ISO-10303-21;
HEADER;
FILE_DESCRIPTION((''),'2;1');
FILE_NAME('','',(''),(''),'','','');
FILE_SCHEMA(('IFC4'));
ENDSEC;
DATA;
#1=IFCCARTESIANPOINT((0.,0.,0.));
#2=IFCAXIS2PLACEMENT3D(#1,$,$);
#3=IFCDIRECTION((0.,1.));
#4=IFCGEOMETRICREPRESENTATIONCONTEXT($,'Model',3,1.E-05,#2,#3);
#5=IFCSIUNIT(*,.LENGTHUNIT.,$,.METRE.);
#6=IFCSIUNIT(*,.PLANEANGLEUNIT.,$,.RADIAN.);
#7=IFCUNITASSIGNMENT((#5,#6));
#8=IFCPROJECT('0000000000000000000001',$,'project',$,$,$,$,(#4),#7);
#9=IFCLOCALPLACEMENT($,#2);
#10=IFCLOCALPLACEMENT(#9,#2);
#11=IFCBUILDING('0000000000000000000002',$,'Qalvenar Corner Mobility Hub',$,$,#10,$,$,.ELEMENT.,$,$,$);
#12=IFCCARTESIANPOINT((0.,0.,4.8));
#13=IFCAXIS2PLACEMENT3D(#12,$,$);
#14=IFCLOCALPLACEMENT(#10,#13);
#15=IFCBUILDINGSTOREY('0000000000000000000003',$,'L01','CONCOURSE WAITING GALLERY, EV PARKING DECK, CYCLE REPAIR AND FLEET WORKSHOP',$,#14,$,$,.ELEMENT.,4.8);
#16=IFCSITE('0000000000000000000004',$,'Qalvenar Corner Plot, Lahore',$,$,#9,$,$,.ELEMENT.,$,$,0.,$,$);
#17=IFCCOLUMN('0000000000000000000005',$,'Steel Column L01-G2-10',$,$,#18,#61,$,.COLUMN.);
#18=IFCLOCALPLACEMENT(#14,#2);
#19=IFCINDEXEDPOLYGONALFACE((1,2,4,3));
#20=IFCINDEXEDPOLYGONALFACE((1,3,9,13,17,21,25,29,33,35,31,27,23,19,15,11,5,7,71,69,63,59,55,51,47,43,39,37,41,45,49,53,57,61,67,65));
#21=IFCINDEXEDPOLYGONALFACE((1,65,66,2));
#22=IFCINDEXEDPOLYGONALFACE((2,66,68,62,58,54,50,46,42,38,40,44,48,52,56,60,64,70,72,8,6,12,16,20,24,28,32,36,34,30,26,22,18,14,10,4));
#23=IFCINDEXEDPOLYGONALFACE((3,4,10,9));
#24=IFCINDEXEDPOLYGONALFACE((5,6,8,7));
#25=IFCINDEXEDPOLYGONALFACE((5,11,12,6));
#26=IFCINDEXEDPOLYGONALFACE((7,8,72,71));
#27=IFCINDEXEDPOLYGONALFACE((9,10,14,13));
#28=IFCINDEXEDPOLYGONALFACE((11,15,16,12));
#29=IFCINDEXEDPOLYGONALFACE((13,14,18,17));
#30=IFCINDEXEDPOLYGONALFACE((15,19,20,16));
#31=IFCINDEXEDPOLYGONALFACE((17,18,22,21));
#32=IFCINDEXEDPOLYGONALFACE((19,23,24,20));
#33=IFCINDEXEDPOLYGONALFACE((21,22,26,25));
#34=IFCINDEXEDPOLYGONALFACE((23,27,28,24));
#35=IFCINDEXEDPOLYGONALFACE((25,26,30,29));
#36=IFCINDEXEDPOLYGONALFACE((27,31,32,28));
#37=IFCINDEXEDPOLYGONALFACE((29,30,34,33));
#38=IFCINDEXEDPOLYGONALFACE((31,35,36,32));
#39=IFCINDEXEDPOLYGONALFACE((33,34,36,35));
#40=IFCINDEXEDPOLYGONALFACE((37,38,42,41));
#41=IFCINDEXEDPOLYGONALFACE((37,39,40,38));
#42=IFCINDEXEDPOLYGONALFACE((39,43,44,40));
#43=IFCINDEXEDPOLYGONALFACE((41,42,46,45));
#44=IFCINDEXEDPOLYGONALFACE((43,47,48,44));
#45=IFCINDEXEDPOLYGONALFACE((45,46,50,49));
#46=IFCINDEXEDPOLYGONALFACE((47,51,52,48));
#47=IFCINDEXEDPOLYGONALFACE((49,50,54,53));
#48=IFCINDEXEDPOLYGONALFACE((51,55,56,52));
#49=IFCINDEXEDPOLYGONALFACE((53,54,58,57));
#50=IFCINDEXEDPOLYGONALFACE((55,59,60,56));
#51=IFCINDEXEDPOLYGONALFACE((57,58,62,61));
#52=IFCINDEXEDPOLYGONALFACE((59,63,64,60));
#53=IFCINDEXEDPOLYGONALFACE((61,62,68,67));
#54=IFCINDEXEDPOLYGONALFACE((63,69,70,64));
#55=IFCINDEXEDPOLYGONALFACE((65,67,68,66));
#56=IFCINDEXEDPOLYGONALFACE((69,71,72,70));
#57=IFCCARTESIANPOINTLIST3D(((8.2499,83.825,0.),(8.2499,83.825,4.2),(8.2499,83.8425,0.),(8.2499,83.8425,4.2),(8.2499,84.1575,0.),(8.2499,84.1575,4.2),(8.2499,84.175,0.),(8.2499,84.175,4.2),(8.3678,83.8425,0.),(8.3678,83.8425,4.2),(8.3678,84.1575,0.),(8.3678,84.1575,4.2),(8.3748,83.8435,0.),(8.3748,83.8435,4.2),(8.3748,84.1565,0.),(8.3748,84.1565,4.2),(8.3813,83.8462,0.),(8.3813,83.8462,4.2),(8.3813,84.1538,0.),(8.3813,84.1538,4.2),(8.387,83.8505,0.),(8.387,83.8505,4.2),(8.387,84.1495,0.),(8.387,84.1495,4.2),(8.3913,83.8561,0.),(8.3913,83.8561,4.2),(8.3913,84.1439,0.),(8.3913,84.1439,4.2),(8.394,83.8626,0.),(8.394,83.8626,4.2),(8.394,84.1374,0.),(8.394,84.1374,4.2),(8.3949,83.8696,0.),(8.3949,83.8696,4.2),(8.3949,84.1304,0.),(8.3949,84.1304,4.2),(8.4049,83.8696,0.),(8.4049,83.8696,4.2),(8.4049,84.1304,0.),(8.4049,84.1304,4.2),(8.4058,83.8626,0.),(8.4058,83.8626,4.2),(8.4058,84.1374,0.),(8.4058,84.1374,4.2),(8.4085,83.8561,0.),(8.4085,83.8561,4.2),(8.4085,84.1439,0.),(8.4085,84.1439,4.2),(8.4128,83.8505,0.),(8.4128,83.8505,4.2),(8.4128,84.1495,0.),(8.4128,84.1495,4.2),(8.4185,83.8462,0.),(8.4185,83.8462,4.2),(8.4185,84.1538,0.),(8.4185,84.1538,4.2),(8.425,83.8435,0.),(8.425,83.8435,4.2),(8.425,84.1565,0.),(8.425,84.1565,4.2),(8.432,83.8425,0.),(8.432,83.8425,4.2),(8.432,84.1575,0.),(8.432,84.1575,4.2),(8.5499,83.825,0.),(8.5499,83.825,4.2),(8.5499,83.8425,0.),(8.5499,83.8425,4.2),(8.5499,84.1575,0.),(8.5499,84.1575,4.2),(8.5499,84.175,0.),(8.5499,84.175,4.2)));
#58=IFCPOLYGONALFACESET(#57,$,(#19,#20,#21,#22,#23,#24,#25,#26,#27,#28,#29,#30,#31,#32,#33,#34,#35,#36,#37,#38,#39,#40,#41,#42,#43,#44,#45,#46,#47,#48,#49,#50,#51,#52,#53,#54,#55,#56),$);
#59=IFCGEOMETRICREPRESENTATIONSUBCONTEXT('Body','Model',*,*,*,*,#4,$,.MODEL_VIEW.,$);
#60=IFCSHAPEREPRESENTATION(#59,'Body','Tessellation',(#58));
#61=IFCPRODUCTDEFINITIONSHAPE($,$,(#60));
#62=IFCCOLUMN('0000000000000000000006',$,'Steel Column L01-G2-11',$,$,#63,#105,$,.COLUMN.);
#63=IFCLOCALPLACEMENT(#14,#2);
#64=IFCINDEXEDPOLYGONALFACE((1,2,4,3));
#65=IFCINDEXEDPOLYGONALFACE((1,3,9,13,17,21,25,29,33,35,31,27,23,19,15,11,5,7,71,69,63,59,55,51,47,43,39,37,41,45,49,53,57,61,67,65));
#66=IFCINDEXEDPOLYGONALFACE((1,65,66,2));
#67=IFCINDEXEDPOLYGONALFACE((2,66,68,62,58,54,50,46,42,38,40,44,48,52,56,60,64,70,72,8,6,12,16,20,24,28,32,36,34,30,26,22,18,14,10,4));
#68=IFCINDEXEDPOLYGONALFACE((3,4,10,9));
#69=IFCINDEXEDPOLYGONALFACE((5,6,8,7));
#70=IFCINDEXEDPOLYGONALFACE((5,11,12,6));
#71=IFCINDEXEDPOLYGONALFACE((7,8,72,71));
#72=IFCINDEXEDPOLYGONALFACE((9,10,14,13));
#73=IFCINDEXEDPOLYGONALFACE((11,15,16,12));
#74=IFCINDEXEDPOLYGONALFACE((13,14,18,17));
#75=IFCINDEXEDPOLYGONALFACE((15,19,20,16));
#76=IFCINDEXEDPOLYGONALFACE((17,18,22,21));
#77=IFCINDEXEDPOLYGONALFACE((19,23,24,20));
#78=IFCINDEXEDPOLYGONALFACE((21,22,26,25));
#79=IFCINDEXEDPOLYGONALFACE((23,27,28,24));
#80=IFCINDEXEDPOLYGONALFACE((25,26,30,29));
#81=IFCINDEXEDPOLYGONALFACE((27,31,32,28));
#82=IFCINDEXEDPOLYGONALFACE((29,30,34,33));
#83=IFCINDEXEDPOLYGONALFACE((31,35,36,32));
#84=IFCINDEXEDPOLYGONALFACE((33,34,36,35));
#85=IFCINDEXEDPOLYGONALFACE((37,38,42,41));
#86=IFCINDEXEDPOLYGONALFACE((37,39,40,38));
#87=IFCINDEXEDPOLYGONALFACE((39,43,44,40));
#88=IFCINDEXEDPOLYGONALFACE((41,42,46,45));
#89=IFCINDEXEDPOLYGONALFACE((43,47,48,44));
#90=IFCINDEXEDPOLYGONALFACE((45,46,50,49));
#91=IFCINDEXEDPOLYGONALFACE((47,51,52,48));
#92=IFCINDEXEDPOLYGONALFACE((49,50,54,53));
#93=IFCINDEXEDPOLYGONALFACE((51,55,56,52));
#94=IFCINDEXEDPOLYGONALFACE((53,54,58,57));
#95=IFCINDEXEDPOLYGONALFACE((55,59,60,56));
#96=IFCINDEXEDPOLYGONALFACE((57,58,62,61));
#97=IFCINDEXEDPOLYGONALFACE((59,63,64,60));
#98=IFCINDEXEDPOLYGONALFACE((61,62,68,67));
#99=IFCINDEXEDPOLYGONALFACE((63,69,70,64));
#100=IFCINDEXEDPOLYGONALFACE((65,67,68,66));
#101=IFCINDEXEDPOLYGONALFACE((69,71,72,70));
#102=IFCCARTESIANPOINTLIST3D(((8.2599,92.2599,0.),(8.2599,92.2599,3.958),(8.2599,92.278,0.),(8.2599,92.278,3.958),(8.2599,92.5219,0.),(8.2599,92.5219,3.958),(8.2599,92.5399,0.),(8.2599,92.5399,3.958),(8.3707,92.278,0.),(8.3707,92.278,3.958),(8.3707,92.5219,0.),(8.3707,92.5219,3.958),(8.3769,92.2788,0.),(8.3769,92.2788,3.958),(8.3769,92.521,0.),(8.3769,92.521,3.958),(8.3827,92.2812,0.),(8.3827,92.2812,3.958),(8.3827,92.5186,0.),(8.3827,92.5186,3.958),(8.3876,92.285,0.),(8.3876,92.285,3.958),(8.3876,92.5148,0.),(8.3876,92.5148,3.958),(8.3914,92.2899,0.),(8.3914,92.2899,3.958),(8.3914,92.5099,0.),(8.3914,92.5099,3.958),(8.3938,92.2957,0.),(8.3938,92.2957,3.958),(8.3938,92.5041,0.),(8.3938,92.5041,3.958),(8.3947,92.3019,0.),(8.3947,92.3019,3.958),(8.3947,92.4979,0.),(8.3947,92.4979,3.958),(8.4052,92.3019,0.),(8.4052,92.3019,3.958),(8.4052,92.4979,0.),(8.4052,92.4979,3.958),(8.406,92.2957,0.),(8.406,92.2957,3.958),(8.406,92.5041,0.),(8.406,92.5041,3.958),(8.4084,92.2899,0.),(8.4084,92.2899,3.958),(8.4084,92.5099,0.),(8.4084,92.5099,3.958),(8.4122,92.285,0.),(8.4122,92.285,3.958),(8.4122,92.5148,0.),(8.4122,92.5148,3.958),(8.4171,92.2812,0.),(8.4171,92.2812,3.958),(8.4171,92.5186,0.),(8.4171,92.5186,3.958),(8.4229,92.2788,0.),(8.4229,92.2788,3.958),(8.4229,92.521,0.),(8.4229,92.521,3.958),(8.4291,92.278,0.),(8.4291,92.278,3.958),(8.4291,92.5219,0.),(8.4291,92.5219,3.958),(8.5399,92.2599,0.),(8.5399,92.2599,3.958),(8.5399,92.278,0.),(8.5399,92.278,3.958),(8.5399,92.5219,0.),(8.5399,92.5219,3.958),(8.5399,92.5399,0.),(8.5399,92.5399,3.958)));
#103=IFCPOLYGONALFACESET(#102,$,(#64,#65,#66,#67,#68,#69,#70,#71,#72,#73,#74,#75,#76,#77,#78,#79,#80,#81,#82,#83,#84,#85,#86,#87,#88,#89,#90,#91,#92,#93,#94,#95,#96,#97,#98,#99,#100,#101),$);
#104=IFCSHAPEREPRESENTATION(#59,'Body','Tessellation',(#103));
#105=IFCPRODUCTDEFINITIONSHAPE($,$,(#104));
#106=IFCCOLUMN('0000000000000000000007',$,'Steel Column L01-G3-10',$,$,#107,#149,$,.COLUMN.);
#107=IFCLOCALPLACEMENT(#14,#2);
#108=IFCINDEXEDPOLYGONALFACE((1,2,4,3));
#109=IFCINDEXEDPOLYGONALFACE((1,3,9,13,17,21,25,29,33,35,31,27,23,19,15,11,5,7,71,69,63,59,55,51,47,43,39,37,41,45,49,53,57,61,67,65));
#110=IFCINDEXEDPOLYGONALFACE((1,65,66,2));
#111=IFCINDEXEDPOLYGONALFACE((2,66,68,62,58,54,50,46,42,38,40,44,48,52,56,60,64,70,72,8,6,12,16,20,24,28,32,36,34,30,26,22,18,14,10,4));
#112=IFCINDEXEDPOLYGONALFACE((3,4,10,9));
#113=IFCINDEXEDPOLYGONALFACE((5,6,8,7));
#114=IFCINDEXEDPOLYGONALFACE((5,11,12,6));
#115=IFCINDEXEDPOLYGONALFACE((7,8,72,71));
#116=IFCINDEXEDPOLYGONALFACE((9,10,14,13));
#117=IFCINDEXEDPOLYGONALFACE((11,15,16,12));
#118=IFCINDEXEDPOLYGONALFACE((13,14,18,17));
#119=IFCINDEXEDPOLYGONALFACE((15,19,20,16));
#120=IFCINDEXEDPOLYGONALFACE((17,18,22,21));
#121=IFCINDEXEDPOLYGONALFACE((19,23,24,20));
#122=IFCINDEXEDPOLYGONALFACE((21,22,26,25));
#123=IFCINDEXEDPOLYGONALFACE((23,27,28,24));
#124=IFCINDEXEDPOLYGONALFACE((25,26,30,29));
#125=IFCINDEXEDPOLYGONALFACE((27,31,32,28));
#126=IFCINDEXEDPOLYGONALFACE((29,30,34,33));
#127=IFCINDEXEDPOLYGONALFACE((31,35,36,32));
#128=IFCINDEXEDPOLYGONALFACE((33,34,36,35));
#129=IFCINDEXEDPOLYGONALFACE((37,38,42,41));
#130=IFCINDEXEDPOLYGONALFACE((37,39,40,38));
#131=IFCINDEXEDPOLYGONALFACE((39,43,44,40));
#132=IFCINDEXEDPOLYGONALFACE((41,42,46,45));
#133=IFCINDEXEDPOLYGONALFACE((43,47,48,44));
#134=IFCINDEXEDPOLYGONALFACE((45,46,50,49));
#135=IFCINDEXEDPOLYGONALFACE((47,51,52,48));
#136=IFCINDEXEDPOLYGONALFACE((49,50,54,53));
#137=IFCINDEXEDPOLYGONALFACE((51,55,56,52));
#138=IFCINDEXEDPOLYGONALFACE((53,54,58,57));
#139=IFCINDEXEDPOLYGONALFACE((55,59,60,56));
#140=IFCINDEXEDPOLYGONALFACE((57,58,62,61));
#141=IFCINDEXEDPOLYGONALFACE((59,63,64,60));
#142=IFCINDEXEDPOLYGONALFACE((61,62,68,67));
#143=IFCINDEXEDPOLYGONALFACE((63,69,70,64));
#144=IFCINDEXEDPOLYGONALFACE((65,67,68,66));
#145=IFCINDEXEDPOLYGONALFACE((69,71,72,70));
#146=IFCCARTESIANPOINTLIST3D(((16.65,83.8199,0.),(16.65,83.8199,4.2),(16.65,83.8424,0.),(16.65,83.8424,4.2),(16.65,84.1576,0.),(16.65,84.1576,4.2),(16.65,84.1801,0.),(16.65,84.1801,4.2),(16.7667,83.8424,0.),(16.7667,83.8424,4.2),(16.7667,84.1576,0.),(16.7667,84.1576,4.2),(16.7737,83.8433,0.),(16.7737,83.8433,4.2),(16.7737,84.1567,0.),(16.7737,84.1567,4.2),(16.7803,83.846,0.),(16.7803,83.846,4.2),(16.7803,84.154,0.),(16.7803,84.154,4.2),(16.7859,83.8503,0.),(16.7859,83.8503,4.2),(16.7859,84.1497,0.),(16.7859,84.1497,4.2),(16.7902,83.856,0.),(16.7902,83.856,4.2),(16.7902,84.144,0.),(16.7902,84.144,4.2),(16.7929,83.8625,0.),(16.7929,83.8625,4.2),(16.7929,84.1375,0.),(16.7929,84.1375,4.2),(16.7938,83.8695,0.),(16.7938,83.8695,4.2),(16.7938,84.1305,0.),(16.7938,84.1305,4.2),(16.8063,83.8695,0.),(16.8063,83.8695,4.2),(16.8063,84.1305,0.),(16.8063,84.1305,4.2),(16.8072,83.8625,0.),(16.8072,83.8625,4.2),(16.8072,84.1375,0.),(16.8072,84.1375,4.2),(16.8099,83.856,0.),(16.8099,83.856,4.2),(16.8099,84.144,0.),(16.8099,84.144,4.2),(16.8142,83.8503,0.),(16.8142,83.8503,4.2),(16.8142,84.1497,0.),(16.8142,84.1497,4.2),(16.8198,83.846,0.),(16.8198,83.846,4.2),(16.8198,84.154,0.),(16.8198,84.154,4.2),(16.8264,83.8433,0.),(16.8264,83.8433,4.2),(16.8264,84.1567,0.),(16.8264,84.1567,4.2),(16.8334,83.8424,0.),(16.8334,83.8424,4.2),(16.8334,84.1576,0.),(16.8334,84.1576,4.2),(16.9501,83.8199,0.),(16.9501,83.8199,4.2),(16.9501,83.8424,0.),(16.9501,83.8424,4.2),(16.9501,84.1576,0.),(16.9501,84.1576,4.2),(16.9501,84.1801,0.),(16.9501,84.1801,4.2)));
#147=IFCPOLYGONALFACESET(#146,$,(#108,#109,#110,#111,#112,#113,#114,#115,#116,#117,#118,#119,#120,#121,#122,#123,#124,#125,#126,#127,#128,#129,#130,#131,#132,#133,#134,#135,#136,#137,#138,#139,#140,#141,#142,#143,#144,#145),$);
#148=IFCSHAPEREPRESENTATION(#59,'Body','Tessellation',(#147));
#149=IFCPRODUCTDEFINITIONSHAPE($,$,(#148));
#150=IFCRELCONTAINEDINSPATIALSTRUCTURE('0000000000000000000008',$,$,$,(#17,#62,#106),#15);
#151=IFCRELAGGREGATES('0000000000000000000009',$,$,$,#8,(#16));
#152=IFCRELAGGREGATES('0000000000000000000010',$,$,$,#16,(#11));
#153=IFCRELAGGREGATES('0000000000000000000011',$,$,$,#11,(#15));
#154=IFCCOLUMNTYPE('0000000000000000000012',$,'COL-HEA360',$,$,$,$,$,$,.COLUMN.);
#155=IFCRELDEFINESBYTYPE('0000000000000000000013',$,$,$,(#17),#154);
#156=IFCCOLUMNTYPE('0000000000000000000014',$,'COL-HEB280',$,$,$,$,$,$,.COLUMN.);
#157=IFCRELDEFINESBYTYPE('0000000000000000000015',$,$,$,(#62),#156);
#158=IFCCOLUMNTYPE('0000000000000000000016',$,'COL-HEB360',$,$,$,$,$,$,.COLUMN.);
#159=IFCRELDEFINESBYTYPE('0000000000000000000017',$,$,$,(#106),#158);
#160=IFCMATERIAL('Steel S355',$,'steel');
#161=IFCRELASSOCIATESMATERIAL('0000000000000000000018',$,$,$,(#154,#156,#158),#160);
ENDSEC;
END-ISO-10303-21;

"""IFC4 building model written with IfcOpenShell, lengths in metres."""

from ifc_helpers import new_model, si_unit, direction, frame, origin, origin_2d, place, context, subcontext, project, spatial, i_section, extrude, material, material_profile, profile_set, type_object, element, save


model = new_model("IFC4")

# Units and contexts
model_context = context("Model", 3, precision=1e-05, world=origin(), true_north=direction((0.0, 1.0)))
body_context = subcontext(model_context, "Body", "Model", "MODEL_VIEW")
ifc_project = project(units=[si_unit("LENGTHUNIT", "METRE"), si_unit("PLANEANGLEUNIT", "RADIAN")], contexts=[model_context])

# Site, building, storey
site_placement = place(None, origin())
site = spatial("IfcSite", under=ifc_project, at=site_placement, Name="Qalvenar Corner Plot, Lahore", CompositionType="ELEMENT", RefElevation=0.0)
building_placement = place(site_placement, origin())
building = spatial("IfcBuilding", under=site, at=building_placement, Name="Qalvenar Corner Mobility Hub", CompositionType="ELEMENT")
storey_placement = place(building_placement, frame((0.0, 0.0, 4.8)))
storey = spatial("IfcBuildingStorey", under=building, at=storey_placement, Name="L01", Description="CONCOURSE WAITING GALLERY, EV PARKING DECK, CYCLE REPAIR AND FLEET WORKSHOP", CompositionType="ELEMENT", Elevation=4.8)

# Columns
ifc_material_1 = material(Name="Steel S355", Category="steel")
ifc_material_profile_1 = material_profile(ifc_material_1, i_section(OverallWidth=0.3, OverallDepth=0.3501, WebThickness=0.01, FlangeThickness=0.0176, FilletRadius=0.0271, at=origin_2d()), Name="HEA360")
ifc_profile_set_1 = profile_set([ifc_material_profile_1], Name="Steel S355")
column_type_1 = type_object("IfcColumnType", Name="COL-HEA360", PredefinedType="COLUMN", material=ifc_profile_set_1)
column_1_placement = place(storey_placement, frame((8.3999, 84.0, 0.0), z_axis=(0.0, 0.0, 1.0), x_axis=(1.0, 0.0, 0.0)))
element("IfcColumn", 1, at=column_1_placement, inside=storey, type_object=column_type_1, Name="Steel Column L01-G2-10", PredefinedType="COLUMN", context=body_context, shape_type="SweptSolid", body=[
    extrude(i_section(OverallWidth=0.3, OverallDepth=0.3501, WebThickness=0.01, FlangeThickness=0.0176, FilletRadius=0.0271, at=origin_2d()), origin(), (0.0, 0.0, 1.0), 4.2),
])
ifc_material_profile_2 = material_profile(ifc_material_1, i_section(OverallWidth=0.28, OverallDepth=0.28, WebThickness=0.0105, FlangeThickness=0.0181, FilletRadius=0.0239, at=origin_2d()), Name="HEB280")
ifc_profile_set_2 = profile_set([ifc_material_profile_2], Name="Steel S355")
column_type_2 = type_object("IfcColumnType", Name="COL-HEB280", PredefinedType="COLUMN", material=ifc_profile_set_2)
column_2_placement = place(storey_placement, frame((8.3999, 92.3999, 0.0), z_axis=(0.0, 0.0, 1.0), x_axis=(1.0, 0.0, 0.0)))
element("IfcColumn", 2, at=column_2_placement, inside=storey, type_object=column_type_2, Name="Steel Column L01-G2-11", PredefinedType="COLUMN", context=body_context, shape_type="SweptSolid", body=[
    extrude(i_section(OverallWidth=0.28, OverallDepth=0.28, WebThickness=0.0105, FlangeThickness=0.0181, FilletRadius=0.0239, at=origin_2d()), origin(), (0.0, 0.0, 1.0), 3.958),
])
ifc_material_profile_3 = material_profile(ifc_material_1, i_section(OverallWidth=0.3, OverallDepth=0.3601, WebThickness=0.0125, FlangeThickness=0.0225, FilletRadius=0.0271, at=origin_2d()), Name="HEB360")
ifc_profile_set_3 = profile_set([ifc_material_profile_3], Name="Steel S355")
column_type_3 = type_object("IfcColumnType", Name="COL-HEB360", PredefinedType="COLUMN", material=ifc_profile_set_3)
column_3_placement = place(storey_placement, frame((16.8, 84.0, 0.0), z_axis=(0.0, 0.0, 1.0), x_axis=(1.0, 0.0, 0.0)))
element("IfcColumn", 3, at=column_3_placement, inside=storey, type_object=column_type_3, Name="Steel Column L01-G3-10", PredefinedType="COLUMN", context=body_context, shape_type="SweptSolid", body=[
    extrude(i_section(OverallWidth=0.3, OverallDepth=0.3601, WebThickness=0.0125, FlangeThickness=0.0225, FilletRadius=0.0271, at=origin_2d()), origin(), (0.0, 0.0, 1.0), 4.2),
])

save(model, "model.ifc")
